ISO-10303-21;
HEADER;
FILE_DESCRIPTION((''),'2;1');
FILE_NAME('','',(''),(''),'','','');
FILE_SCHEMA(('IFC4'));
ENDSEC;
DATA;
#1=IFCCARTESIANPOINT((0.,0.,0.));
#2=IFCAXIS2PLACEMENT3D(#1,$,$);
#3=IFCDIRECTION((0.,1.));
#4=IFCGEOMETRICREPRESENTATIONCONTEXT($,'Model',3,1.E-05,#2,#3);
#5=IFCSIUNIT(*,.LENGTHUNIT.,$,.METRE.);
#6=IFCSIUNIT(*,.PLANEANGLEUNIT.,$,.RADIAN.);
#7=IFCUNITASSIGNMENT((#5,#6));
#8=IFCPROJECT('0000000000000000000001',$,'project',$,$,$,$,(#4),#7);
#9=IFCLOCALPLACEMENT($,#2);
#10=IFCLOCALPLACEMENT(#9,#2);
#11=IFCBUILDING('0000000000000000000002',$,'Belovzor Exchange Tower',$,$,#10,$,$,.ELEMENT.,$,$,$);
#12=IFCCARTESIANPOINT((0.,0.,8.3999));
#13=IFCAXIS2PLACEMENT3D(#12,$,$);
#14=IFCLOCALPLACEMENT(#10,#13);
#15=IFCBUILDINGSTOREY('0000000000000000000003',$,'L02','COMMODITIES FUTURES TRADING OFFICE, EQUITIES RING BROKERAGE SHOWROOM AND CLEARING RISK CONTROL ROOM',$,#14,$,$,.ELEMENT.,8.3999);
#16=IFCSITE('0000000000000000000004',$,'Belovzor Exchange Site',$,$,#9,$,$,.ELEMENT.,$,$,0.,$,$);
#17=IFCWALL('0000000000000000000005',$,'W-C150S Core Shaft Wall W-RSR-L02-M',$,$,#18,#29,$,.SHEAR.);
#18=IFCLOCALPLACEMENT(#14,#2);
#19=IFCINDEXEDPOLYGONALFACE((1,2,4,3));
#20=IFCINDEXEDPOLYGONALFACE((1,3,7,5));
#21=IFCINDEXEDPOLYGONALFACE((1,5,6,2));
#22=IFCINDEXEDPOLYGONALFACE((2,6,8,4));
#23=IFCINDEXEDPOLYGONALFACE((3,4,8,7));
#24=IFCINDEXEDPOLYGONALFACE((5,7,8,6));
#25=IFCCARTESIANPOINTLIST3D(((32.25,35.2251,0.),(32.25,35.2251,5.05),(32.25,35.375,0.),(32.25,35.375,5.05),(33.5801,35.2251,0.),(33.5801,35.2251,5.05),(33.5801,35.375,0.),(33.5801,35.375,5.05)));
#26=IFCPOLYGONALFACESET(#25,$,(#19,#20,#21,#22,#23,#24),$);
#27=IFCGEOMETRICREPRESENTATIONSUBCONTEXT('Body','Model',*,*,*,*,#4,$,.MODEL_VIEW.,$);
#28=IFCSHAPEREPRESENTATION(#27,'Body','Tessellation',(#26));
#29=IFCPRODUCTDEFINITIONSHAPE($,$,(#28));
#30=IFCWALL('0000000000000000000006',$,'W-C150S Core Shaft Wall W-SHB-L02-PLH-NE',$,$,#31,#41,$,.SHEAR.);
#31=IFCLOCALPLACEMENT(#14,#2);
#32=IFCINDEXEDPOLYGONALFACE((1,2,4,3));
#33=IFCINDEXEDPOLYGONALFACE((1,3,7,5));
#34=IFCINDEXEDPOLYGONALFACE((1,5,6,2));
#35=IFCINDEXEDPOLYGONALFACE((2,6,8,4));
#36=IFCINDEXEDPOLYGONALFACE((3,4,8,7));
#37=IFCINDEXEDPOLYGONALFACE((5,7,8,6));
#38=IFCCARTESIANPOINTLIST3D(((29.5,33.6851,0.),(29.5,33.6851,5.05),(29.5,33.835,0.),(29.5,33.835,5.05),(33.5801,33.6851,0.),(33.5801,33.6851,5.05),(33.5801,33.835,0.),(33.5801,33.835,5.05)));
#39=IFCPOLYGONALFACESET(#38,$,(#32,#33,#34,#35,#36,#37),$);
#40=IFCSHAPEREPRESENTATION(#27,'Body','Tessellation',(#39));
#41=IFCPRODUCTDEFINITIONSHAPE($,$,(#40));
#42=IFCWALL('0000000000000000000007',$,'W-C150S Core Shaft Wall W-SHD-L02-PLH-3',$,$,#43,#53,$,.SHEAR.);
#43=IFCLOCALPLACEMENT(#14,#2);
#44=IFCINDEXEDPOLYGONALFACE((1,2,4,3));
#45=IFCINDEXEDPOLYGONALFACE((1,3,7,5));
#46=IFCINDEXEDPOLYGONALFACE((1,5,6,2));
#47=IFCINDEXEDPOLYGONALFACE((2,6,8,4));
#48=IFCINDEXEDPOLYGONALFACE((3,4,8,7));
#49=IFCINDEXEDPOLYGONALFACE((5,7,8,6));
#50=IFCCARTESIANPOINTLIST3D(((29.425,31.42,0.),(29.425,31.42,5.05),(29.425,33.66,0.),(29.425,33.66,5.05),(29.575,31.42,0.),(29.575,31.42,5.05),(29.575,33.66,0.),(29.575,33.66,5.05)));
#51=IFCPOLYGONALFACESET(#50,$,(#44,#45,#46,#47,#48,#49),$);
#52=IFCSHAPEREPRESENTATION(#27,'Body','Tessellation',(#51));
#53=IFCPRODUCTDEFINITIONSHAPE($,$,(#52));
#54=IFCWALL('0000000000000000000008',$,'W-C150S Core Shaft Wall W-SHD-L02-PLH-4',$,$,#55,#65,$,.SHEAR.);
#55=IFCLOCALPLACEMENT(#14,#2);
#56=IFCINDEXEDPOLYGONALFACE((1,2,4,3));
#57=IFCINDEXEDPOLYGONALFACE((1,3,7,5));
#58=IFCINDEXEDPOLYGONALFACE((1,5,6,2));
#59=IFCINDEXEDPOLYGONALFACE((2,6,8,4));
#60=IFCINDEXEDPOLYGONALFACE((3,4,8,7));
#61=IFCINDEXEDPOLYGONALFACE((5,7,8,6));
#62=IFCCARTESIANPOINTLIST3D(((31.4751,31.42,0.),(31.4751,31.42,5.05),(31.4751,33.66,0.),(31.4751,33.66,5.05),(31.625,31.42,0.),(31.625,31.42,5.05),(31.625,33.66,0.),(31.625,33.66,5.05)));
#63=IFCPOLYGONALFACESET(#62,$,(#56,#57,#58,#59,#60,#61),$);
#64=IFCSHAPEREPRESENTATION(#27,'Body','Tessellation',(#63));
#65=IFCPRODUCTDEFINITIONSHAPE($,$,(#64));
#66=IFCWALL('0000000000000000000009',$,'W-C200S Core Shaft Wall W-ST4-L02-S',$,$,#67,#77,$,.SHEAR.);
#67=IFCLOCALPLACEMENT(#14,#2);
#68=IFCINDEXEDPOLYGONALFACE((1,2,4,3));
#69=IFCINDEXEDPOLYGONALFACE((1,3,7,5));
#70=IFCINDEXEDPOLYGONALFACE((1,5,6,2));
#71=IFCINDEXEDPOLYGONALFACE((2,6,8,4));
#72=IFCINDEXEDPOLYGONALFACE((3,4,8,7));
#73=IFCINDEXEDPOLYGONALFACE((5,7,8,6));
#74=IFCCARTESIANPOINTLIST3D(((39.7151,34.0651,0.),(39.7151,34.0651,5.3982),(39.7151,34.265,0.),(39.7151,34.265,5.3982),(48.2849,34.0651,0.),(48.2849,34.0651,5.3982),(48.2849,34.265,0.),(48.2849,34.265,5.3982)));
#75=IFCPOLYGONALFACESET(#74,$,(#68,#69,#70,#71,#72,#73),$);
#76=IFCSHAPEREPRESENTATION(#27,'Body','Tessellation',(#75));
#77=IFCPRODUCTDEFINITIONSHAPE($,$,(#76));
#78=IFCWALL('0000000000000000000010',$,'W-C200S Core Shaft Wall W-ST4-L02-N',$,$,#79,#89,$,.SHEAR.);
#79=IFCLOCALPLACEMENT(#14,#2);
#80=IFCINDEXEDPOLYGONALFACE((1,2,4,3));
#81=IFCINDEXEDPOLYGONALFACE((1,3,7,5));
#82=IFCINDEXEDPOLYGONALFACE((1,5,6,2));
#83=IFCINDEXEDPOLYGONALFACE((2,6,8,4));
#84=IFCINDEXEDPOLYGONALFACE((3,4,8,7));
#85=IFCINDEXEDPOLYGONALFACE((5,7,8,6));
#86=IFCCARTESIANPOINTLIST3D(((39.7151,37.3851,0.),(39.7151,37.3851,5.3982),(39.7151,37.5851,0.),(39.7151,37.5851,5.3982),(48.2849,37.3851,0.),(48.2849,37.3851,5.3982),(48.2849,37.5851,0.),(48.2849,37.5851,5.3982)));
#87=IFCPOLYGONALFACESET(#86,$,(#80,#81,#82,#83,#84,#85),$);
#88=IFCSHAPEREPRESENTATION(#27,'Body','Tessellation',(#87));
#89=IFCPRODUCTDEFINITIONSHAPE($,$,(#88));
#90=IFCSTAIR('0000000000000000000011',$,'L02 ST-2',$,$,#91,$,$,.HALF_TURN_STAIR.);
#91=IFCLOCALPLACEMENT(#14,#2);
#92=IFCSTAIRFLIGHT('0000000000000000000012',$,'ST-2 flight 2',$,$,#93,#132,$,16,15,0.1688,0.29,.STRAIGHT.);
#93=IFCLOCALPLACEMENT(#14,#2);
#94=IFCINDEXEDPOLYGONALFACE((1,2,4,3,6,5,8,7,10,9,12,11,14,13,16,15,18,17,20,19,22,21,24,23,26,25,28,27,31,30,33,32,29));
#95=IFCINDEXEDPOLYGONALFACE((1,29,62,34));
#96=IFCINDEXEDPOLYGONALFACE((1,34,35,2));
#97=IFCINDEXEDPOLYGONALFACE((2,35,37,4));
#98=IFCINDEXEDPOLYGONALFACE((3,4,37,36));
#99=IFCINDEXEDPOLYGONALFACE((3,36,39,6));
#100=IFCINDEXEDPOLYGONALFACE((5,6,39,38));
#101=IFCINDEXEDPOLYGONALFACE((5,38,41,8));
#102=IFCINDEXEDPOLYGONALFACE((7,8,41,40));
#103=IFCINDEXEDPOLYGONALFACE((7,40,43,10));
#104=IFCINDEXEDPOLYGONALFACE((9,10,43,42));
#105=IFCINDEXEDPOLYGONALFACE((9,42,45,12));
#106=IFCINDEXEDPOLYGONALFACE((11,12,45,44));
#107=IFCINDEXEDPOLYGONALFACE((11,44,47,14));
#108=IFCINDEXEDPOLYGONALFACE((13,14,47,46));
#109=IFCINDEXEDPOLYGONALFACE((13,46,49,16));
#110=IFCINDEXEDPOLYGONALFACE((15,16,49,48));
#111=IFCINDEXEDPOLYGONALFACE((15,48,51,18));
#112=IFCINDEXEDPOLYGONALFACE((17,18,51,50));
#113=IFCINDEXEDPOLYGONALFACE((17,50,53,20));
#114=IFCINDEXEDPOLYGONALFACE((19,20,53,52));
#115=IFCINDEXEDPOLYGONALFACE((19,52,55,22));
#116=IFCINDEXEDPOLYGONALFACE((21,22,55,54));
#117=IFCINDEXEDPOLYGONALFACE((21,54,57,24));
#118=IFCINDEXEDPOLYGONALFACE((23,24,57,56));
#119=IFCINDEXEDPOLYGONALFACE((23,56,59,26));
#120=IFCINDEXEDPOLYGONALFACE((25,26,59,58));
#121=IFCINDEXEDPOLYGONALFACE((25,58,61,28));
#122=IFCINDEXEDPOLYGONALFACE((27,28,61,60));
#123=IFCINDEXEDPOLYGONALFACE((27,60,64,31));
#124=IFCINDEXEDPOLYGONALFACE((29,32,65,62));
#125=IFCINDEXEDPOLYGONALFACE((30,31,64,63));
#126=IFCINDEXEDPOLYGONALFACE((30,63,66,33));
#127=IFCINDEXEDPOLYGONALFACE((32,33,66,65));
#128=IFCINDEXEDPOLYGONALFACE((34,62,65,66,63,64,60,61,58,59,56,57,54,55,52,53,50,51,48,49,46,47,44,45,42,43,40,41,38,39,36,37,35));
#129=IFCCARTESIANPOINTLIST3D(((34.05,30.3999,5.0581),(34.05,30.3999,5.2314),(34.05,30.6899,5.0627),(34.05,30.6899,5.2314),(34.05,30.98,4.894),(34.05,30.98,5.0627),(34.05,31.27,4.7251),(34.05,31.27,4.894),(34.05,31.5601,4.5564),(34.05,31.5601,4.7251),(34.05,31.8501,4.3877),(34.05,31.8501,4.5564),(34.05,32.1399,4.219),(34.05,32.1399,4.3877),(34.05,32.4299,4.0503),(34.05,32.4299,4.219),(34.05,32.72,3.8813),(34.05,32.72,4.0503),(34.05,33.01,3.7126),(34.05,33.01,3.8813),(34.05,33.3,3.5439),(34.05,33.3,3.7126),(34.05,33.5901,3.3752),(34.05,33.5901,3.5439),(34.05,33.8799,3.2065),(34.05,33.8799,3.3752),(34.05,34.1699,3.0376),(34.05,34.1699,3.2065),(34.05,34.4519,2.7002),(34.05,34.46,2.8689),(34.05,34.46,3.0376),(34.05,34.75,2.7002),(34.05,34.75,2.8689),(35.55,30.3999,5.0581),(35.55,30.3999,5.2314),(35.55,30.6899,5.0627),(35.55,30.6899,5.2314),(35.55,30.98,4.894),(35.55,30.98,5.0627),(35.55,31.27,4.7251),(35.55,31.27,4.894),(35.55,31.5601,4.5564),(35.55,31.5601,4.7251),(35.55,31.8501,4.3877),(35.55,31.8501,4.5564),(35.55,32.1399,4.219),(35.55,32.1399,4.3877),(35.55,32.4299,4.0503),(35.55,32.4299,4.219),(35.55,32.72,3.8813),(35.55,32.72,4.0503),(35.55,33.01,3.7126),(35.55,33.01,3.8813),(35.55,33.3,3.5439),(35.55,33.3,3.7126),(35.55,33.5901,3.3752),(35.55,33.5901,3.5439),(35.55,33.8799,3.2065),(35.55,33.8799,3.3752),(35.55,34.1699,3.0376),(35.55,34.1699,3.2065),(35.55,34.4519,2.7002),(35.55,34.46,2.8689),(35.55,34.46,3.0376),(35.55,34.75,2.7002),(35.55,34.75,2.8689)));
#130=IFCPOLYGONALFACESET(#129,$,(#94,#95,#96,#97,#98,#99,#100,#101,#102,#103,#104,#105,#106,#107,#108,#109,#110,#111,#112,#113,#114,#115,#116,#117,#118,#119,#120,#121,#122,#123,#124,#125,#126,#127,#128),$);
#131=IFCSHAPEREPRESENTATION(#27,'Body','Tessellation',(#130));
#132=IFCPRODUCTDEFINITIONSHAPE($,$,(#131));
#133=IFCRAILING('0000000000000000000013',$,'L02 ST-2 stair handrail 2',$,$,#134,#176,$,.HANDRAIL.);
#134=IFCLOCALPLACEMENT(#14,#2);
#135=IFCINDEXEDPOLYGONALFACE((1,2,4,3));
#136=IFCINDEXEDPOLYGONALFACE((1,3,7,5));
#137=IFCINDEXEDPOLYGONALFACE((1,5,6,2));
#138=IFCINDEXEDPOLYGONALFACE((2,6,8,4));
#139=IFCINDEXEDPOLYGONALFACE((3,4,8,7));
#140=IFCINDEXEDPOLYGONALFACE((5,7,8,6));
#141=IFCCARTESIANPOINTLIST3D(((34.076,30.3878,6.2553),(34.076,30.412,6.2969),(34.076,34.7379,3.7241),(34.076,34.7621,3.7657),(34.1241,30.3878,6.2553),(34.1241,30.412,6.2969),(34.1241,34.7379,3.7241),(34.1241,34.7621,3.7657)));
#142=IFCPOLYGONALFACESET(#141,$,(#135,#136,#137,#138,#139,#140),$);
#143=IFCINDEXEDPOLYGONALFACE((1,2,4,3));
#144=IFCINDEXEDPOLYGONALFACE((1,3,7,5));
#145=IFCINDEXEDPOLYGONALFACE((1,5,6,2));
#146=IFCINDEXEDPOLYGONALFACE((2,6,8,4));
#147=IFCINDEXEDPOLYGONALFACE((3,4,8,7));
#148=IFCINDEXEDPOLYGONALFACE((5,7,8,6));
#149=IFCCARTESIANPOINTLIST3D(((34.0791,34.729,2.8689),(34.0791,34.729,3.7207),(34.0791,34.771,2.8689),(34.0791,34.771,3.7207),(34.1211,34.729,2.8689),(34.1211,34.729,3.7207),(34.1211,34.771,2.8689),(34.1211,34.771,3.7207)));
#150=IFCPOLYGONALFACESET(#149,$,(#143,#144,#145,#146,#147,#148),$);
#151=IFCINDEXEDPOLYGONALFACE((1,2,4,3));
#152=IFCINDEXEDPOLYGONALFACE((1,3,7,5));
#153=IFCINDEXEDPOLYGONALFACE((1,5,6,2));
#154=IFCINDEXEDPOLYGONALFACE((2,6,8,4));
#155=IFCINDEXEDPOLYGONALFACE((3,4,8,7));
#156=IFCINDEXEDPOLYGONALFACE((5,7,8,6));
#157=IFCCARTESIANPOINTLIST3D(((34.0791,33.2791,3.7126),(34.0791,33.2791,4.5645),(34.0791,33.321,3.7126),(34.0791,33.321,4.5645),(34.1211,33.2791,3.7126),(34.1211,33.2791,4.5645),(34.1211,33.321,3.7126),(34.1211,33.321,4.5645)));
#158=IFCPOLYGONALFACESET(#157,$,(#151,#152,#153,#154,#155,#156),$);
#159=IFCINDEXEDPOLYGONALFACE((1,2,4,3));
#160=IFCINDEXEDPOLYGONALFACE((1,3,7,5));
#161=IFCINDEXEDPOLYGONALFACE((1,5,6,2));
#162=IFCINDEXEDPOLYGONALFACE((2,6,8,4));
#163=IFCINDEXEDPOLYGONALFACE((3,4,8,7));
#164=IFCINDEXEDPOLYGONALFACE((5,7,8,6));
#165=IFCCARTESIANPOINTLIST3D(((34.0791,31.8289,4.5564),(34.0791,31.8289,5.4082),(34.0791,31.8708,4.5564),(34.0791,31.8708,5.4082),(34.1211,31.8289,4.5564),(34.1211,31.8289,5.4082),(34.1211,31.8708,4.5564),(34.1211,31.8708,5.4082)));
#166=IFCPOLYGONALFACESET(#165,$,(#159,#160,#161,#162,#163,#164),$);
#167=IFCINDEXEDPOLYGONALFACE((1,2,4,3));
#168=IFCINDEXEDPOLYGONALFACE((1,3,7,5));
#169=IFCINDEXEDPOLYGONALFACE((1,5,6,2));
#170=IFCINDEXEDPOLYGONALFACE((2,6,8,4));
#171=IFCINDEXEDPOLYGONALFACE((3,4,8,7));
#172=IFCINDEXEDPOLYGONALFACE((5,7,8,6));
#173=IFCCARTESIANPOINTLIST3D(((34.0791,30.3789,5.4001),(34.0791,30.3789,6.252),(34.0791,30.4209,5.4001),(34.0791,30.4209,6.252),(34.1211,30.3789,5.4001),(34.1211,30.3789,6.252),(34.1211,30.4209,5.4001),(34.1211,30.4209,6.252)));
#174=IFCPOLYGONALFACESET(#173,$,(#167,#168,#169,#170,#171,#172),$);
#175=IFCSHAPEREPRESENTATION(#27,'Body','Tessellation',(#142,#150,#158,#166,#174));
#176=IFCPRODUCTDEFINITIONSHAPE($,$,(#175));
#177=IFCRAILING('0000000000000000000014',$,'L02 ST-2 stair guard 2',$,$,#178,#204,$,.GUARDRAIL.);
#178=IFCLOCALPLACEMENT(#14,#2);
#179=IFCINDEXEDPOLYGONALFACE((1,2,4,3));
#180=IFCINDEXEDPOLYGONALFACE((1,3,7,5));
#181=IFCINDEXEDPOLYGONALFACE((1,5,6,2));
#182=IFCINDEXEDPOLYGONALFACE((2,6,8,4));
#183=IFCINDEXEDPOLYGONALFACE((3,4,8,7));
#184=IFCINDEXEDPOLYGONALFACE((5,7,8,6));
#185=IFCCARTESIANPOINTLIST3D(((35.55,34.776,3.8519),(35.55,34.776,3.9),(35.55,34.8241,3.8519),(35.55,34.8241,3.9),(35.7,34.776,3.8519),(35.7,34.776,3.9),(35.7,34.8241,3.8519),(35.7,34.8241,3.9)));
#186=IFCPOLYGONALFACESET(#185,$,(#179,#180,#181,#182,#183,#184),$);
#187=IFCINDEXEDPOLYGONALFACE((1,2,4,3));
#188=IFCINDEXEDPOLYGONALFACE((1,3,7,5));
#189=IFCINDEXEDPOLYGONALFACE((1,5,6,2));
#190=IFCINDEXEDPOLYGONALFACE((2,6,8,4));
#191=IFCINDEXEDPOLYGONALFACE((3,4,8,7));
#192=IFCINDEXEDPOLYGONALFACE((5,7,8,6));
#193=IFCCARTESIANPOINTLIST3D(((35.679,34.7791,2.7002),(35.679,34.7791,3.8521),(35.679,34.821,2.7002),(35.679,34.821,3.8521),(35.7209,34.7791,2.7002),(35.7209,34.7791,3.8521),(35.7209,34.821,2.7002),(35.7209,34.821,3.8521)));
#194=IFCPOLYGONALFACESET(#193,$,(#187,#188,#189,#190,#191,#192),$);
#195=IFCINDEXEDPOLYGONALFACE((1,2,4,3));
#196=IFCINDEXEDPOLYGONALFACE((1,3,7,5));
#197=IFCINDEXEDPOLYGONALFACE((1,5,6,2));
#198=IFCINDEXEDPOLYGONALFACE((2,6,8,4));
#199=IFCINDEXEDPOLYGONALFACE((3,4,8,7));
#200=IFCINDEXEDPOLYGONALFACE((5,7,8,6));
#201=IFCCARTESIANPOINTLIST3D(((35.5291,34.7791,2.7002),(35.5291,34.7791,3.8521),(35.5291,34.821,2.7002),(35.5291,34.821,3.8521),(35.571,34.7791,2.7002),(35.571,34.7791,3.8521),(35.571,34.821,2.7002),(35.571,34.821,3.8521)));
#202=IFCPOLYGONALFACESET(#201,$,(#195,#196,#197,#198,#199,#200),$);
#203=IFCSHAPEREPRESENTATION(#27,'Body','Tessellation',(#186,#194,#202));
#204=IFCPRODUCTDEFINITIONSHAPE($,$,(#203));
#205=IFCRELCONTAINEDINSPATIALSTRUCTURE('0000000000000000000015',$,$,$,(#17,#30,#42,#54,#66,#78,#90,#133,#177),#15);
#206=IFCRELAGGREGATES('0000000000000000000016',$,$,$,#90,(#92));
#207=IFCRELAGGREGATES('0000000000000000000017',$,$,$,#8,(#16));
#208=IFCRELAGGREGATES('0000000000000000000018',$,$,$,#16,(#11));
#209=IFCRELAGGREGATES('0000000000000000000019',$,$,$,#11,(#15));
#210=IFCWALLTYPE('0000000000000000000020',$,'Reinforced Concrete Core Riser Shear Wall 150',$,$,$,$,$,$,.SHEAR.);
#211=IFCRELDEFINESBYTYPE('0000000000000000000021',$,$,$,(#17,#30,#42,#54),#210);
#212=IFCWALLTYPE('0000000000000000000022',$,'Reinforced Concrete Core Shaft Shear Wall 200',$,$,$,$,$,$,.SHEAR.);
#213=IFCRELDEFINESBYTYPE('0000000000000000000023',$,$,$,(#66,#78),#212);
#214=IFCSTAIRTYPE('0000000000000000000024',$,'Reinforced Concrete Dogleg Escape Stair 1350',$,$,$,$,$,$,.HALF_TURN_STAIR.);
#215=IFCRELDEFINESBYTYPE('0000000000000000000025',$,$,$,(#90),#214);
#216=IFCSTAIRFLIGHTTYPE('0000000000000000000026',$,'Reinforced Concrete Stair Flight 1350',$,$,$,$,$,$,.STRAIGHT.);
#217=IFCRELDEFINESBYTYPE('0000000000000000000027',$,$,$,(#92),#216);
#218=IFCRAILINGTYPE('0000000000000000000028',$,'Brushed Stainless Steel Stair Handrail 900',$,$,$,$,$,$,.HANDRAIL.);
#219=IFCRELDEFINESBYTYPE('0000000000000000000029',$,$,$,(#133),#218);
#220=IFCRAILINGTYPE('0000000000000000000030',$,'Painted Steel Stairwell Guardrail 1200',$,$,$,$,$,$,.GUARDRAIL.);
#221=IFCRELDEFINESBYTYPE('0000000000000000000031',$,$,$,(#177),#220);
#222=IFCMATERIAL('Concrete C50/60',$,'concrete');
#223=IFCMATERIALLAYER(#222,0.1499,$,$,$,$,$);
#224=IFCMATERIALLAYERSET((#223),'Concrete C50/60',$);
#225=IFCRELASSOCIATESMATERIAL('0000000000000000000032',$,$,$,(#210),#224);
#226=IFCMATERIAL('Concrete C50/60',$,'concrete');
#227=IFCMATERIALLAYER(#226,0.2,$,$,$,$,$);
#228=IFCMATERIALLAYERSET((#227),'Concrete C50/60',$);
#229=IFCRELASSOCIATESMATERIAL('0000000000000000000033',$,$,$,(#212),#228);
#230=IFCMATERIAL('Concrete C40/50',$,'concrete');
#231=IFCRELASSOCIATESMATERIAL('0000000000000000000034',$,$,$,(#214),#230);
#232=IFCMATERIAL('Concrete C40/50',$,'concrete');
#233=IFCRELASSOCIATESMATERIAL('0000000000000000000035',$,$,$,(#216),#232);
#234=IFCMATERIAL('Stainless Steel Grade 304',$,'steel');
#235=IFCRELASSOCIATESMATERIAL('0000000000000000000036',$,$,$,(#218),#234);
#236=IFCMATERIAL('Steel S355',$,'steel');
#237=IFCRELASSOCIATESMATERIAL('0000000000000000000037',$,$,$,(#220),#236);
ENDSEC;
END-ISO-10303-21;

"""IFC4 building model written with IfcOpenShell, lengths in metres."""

from ifc_helpers import new_model, si_unit, direction, frame, frame_2d, origin, origin_2d, place, context, subcontext, project, spatial, polyline, rectangle, outline, extrude, material, layer, layer_set, type_object, element, aggregate, save


model = new_model("IFC4")

# Units and contexts
model_context = context("Model", 3, precision=1e-05, world=origin(), true_north=direction((0.0, 1.0)))
body_context = subcontext(model_context, "Body", "Model", "MODEL_VIEW")
ifc_project = project(units=[si_unit("LENGTHUNIT", "METRE"), si_unit("PLANEANGLEUNIT", "RADIAN")], contexts=[model_context])

# Site, building, storey
site_placement = place(None, origin())
site = spatial("IfcSite", under=ifc_project, at=site_placement, Name="Belovzor Exchange Site", CompositionType="ELEMENT", RefElevation=0.0)
building_placement = place(site_placement, origin())
building = spatial("IfcBuilding", under=site, at=building_placement, Name="Belovzor Exchange Tower", CompositionType="ELEMENT")
storey_placement = place(building_placement, frame((0.0, 0.0, 8.3999)))
storey = spatial("IfcBuildingStorey", under=building, at=storey_placement, Name="L02", Description="COMMODITIES FUTURES TRADING OFFICE, EQUITIES RING BROKERAGE SHOWROOM AND CLEARING RISK CONTROL ROOM", CompositionType="ELEMENT", Elevation=8.3999)

# Walls
ifc_material_1 = material(Name="Concrete C50/60", Category="concrete")
ifc_layer_1 = layer(ifc_material_1, 0.1499)
ifc_layer_set_1 = layer_set([ifc_layer_1], Name="Concrete C50/60")
wall_type_1 = type_object("IfcWallType", Name="Reinforced Concrete Core Riser Shear Wall 150", PredefinedType="SHEAR", material=ifc_layer_set_1)
for number, where, z_axis, x_axis, name in (
    (1, (32.25, 35.3, 0.0), (0.0, 0.0, 1.0), (1.0, 0.0, 0.0), "W-C150S Core Shaft Wall W-RSR-L02-M"),
):
    element("IfcWall", number, at=place(storey_placement, frame(where, z_axis=z_axis, x_axis=x_axis)), inside=storey, type_object=wall_type_1, Name=name, PredefinedType="SHEAR", context=body_context, shape_type="SweptSolid", body=[
        extrude(rectangle(XDim=1.3301, YDim=0.1499, at=frame_2d((0.665, 0.0))), origin(), (0.0, 0.0, 1.0), 5.05),
    ])
wall_1_placement = place(storey_placement, frame((29.5, 33.76, 0.0), z_axis=(0.0, 0.0, 1.0), x_axis=(1.0, 0.0, 0.0)))
element("IfcWall", 2, at=wall_1_placement, inside=storey, type_object=wall_type_1, Name="W-C150S Core Shaft Wall W-SHB-L02-PLH-NE", PredefinedType="SHEAR", context=body_context, shape_type="SweptSolid", body=[
    extrude(rectangle(XDim=4.0801, YDim=0.1499, at=frame_2d((2.04, 0.0))), origin(), (0.0, 0.0, 1.0), 5.05),
])
for number, where, z_axis, x_axis, name in (
    (3, (29.5, 31.4199, 0.0), (0.0, 0.0, 1.0), (0.0, 1.0, 0.0), "W-C150S Core Shaft Wall W-SHD-L02-PLH-3"),
    (4, (31.55, 31.4199, 0.0), (0.0, 0.0, 1.0), (0.0, 1.0, 0.0), "W-C150S Core Shaft Wall W-SHD-L02-PLH-4"),
):
    element("IfcWall", number, at=place(storey_placement, frame(where, z_axis=z_axis, x_axis=x_axis)), inside=storey, type_object=wall_type_1, Name=name, PredefinedType="SHEAR", context=body_context, shape_type="SweptSolid", body=[
        extrude(rectangle(XDim=2.24, YDim=0.1499, at=frame_2d((1.1201, 0.0))), origin(), (0.0, 0.0, 1.0), 5.05),
    ])
ifc_material_2 = material(Name="Concrete C50/60", Category="concrete")
ifc_layer_2 = layer(ifc_material_2, 0.2)
ifc_layer_set_2 = layer_set([ifc_layer_2], Name="Concrete C50/60")
wall_type_2 = type_object("IfcWallType", Name="Reinforced Concrete Core Shaft Shear Wall 200", PredefinedType="SHEAR", material=ifc_layer_set_2)
for number, where, z_axis, x_axis, name in (
    (5, (39.7151, 34.165, 0.0), (0.0, 0.0, 1.0), (1.0, 0.0, 0.0), "W-C200S Core Shaft Wall W-ST4-L02-S"),
    (6, (39.7151, 37.4851, 0.0), (0.0, 0.0, 1.0), (1.0, 0.0, 0.0), "W-C200S Core Shaft Wall W-ST4-L02-N"),
):
    element("IfcWall", number, at=place(storey_placement, frame(where, z_axis=z_axis, x_axis=x_axis)), inside=storey, type_object=wall_type_2, Name=name, PredefinedType="SHEAR", context=body_context, shape_type="SweptSolid", body=[
        extrude(rectangle(XDim=8.5698, YDim=0.2, at=frame_2d((4.2849, 0.0))), origin(), (0.0, 0.0, 1.0), 5.3982),
    ])

# Stair, stair flight
ifc_material_3 = material(Name="Concrete C40/50", Category="concrete")
stair_type = type_object("IfcStairType", Name="Reinforced Concrete Dogleg Escape Stair 1350", PredefinedType="HALF_TURN_STAIR", material=ifc_material_3)
stair_placement = place(storey_placement, origin())
stair = element("IfcStair", 7, at=stair_placement, inside=storey, type_object=stair_type, Name="L02 ST-2", PredefinedType="HALF_TURN_STAIR")
ifc_material_4 = material(Name="Concrete C40/50", Category="concrete")
stair_flight_type = type_object("IfcStairFlightType", Name="Reinforced Concrete Stair Flight 1350", PredefinedType="STRAIGHT", material=ifc_material_4)
stair_flight_placement = place(storey_placement, frame((34.8, 34.75, 2.7002), z_axis=(0.0, 0.0, 1.0), x_axis=(0.0, -1.0, 0.0)))
stair_flight = element("IfcStairFlight", 8, at=stair_flight_placement, type_object=stair_flight_type, Name="ST-2 flight 2", NumberOfRisers=16, NumberOfTreads=15, PredefinedType="STRAIGHT", RiserHeight=0.1688, TreadLength=0.29, context=body_context, shape_type="SweptSolid", body=[
    extrude(outline(polyline([(0.0, 0.0), (0.0, 0.1687), (0.29, 0.1687), (0.29, 0.3374), (0.5801, 0.3374), (0.5801, 0.5063), (0.8701, 0.5063), (0.8701, 0.675), (1.1599, 0.675), (1.1599, 0.8438), (1.45, 0.8438), (1.45, 1.0125), (1.74, 1.0125), (1.74, 1.1812), (2.03, 1.1812), (2.03, 1.3501), (2.3201, 1.3501), (2.3201, 1.5188), (2.6101, 1.5188), (2.6101, 1.6875), (2.8999, 1.6875), (2.8999, 1.8562), (3.1899, 1.8562), (3.1899, 2.0249), (3.48, 2.0249), (3.48, 2.1938), (3.77, 2.1938), (3.77, 2.3625), (4.0601, 2.3625), (4.0601, 2.5312), (4.3501, 2.5312), (4.3501, 2.7), (4.3501, 2.3579), (0.2981, 0.0), (0.0, 0.0)])), frame((0.0, 0.75, 0.0), z_axis=(0.0, -1.0, 0.0), x_axis=(1.0, 0.0, 0.0)), (0.0, 0.0, 1.0), 1.5),
])
aggregate(stair, [stair_flight])

# Railings
ifc_material_5 = material(Name="Stainless Steel Grade 304", Category="steel")
railing_type_1 = type_object("IfcRailingType", Name="Brushed Stainless Steel Stair Handrail 900", PredefinedType="HANDRAIL", material=ifc_material_5)
railing_1_placement = place(storey_placement, frame((34.1001, 34.75, 2.8689)))
element("IfcRailing", 9, at=railing_1_placement, inside=storey, type_object=railing_type_1, Name="L02 ST-2 stair handrail 2", PredefinedType="HANDRAIL", context=body_context, shape_type="SweptSolid", body=[
    extrude(rectangle(XDim=0.0481, YDim=0.0481, at=origin_2d()), frame((0.0, 0.0, 0.876), z_axis=(0.0, -0.864324, 0.502936), x_axis=(1.0, 0.0, 0.0)), (0.0, 0.0, 1.0), 5.033),
    extrude(rectangle(XDim=0.042, YDim=0.042, at=origin_2d()), origin(), (0.0, 0.0, 1.0), 0.8518),
    extrude(rectangle(XDim=0.042, YDim=0.042, at=origin_2d()), frame((0.0, -1.45, 0.8438)), (0.0, 0.0, 1.0), 0.8518),
    extrude(rectangle(XDim=0.042, YDim=0.042, at=origin_2d()), frame((0.0, -2.9001, 1.6875)), (0.0, 0.0, 1.0), 0.8518),
    extrude(rectangle(XDim=0.042, YDim=0.042, at=origin_2d()), frame((0.0, -4.3501, 2.5312)), (0.0, 0.0, 1.0), 0.8518),
])
ifc_material_6 = material(Name="Steel S355", Category="steel")
railing_type_2 = type_object("IfcRailingType", Name="Painted Steel Stairwell Guardrail 1200", PredefinedType="GUARDRAIL", material=ifc_material_6)
railing_2_placement = place(storey_placement, frame((35.7, 34.8, 2.7002)))
element("IfcRailing", 10, at=railing_2_placement, inside=storey, type_object=railing_type_2, Name="L02 ST-2 stair guard 2", PredefinedType="GUARDRAIL", context=body_context, shape_type="SweptSolid", body=[
    extrude(rectangle(XDim=0.0481, YDim=0.0481, at=origin_2d()), frame((0.0, 0.0, 1.1758), z_axis=(-1.0, 0.0, 0.0), x_axis=(0.0, -1.0, 0.0)), (0.0, 0.0, 1.0), 0.1499),
    extrude(rectangle(XDim=0.042, YDim=0.042, at=origin_2d()), origin(), (0.0, 0.0, 1.0), 1.1519),
    extrude(rectangle(XDim=0.042, YDim=0.042, at=origin_2d()), frame((-0.1499, 0.0, 0.0)), (0.0, 0.0, 1.0), 1.1519),
])

save(model, "model.ifc")
